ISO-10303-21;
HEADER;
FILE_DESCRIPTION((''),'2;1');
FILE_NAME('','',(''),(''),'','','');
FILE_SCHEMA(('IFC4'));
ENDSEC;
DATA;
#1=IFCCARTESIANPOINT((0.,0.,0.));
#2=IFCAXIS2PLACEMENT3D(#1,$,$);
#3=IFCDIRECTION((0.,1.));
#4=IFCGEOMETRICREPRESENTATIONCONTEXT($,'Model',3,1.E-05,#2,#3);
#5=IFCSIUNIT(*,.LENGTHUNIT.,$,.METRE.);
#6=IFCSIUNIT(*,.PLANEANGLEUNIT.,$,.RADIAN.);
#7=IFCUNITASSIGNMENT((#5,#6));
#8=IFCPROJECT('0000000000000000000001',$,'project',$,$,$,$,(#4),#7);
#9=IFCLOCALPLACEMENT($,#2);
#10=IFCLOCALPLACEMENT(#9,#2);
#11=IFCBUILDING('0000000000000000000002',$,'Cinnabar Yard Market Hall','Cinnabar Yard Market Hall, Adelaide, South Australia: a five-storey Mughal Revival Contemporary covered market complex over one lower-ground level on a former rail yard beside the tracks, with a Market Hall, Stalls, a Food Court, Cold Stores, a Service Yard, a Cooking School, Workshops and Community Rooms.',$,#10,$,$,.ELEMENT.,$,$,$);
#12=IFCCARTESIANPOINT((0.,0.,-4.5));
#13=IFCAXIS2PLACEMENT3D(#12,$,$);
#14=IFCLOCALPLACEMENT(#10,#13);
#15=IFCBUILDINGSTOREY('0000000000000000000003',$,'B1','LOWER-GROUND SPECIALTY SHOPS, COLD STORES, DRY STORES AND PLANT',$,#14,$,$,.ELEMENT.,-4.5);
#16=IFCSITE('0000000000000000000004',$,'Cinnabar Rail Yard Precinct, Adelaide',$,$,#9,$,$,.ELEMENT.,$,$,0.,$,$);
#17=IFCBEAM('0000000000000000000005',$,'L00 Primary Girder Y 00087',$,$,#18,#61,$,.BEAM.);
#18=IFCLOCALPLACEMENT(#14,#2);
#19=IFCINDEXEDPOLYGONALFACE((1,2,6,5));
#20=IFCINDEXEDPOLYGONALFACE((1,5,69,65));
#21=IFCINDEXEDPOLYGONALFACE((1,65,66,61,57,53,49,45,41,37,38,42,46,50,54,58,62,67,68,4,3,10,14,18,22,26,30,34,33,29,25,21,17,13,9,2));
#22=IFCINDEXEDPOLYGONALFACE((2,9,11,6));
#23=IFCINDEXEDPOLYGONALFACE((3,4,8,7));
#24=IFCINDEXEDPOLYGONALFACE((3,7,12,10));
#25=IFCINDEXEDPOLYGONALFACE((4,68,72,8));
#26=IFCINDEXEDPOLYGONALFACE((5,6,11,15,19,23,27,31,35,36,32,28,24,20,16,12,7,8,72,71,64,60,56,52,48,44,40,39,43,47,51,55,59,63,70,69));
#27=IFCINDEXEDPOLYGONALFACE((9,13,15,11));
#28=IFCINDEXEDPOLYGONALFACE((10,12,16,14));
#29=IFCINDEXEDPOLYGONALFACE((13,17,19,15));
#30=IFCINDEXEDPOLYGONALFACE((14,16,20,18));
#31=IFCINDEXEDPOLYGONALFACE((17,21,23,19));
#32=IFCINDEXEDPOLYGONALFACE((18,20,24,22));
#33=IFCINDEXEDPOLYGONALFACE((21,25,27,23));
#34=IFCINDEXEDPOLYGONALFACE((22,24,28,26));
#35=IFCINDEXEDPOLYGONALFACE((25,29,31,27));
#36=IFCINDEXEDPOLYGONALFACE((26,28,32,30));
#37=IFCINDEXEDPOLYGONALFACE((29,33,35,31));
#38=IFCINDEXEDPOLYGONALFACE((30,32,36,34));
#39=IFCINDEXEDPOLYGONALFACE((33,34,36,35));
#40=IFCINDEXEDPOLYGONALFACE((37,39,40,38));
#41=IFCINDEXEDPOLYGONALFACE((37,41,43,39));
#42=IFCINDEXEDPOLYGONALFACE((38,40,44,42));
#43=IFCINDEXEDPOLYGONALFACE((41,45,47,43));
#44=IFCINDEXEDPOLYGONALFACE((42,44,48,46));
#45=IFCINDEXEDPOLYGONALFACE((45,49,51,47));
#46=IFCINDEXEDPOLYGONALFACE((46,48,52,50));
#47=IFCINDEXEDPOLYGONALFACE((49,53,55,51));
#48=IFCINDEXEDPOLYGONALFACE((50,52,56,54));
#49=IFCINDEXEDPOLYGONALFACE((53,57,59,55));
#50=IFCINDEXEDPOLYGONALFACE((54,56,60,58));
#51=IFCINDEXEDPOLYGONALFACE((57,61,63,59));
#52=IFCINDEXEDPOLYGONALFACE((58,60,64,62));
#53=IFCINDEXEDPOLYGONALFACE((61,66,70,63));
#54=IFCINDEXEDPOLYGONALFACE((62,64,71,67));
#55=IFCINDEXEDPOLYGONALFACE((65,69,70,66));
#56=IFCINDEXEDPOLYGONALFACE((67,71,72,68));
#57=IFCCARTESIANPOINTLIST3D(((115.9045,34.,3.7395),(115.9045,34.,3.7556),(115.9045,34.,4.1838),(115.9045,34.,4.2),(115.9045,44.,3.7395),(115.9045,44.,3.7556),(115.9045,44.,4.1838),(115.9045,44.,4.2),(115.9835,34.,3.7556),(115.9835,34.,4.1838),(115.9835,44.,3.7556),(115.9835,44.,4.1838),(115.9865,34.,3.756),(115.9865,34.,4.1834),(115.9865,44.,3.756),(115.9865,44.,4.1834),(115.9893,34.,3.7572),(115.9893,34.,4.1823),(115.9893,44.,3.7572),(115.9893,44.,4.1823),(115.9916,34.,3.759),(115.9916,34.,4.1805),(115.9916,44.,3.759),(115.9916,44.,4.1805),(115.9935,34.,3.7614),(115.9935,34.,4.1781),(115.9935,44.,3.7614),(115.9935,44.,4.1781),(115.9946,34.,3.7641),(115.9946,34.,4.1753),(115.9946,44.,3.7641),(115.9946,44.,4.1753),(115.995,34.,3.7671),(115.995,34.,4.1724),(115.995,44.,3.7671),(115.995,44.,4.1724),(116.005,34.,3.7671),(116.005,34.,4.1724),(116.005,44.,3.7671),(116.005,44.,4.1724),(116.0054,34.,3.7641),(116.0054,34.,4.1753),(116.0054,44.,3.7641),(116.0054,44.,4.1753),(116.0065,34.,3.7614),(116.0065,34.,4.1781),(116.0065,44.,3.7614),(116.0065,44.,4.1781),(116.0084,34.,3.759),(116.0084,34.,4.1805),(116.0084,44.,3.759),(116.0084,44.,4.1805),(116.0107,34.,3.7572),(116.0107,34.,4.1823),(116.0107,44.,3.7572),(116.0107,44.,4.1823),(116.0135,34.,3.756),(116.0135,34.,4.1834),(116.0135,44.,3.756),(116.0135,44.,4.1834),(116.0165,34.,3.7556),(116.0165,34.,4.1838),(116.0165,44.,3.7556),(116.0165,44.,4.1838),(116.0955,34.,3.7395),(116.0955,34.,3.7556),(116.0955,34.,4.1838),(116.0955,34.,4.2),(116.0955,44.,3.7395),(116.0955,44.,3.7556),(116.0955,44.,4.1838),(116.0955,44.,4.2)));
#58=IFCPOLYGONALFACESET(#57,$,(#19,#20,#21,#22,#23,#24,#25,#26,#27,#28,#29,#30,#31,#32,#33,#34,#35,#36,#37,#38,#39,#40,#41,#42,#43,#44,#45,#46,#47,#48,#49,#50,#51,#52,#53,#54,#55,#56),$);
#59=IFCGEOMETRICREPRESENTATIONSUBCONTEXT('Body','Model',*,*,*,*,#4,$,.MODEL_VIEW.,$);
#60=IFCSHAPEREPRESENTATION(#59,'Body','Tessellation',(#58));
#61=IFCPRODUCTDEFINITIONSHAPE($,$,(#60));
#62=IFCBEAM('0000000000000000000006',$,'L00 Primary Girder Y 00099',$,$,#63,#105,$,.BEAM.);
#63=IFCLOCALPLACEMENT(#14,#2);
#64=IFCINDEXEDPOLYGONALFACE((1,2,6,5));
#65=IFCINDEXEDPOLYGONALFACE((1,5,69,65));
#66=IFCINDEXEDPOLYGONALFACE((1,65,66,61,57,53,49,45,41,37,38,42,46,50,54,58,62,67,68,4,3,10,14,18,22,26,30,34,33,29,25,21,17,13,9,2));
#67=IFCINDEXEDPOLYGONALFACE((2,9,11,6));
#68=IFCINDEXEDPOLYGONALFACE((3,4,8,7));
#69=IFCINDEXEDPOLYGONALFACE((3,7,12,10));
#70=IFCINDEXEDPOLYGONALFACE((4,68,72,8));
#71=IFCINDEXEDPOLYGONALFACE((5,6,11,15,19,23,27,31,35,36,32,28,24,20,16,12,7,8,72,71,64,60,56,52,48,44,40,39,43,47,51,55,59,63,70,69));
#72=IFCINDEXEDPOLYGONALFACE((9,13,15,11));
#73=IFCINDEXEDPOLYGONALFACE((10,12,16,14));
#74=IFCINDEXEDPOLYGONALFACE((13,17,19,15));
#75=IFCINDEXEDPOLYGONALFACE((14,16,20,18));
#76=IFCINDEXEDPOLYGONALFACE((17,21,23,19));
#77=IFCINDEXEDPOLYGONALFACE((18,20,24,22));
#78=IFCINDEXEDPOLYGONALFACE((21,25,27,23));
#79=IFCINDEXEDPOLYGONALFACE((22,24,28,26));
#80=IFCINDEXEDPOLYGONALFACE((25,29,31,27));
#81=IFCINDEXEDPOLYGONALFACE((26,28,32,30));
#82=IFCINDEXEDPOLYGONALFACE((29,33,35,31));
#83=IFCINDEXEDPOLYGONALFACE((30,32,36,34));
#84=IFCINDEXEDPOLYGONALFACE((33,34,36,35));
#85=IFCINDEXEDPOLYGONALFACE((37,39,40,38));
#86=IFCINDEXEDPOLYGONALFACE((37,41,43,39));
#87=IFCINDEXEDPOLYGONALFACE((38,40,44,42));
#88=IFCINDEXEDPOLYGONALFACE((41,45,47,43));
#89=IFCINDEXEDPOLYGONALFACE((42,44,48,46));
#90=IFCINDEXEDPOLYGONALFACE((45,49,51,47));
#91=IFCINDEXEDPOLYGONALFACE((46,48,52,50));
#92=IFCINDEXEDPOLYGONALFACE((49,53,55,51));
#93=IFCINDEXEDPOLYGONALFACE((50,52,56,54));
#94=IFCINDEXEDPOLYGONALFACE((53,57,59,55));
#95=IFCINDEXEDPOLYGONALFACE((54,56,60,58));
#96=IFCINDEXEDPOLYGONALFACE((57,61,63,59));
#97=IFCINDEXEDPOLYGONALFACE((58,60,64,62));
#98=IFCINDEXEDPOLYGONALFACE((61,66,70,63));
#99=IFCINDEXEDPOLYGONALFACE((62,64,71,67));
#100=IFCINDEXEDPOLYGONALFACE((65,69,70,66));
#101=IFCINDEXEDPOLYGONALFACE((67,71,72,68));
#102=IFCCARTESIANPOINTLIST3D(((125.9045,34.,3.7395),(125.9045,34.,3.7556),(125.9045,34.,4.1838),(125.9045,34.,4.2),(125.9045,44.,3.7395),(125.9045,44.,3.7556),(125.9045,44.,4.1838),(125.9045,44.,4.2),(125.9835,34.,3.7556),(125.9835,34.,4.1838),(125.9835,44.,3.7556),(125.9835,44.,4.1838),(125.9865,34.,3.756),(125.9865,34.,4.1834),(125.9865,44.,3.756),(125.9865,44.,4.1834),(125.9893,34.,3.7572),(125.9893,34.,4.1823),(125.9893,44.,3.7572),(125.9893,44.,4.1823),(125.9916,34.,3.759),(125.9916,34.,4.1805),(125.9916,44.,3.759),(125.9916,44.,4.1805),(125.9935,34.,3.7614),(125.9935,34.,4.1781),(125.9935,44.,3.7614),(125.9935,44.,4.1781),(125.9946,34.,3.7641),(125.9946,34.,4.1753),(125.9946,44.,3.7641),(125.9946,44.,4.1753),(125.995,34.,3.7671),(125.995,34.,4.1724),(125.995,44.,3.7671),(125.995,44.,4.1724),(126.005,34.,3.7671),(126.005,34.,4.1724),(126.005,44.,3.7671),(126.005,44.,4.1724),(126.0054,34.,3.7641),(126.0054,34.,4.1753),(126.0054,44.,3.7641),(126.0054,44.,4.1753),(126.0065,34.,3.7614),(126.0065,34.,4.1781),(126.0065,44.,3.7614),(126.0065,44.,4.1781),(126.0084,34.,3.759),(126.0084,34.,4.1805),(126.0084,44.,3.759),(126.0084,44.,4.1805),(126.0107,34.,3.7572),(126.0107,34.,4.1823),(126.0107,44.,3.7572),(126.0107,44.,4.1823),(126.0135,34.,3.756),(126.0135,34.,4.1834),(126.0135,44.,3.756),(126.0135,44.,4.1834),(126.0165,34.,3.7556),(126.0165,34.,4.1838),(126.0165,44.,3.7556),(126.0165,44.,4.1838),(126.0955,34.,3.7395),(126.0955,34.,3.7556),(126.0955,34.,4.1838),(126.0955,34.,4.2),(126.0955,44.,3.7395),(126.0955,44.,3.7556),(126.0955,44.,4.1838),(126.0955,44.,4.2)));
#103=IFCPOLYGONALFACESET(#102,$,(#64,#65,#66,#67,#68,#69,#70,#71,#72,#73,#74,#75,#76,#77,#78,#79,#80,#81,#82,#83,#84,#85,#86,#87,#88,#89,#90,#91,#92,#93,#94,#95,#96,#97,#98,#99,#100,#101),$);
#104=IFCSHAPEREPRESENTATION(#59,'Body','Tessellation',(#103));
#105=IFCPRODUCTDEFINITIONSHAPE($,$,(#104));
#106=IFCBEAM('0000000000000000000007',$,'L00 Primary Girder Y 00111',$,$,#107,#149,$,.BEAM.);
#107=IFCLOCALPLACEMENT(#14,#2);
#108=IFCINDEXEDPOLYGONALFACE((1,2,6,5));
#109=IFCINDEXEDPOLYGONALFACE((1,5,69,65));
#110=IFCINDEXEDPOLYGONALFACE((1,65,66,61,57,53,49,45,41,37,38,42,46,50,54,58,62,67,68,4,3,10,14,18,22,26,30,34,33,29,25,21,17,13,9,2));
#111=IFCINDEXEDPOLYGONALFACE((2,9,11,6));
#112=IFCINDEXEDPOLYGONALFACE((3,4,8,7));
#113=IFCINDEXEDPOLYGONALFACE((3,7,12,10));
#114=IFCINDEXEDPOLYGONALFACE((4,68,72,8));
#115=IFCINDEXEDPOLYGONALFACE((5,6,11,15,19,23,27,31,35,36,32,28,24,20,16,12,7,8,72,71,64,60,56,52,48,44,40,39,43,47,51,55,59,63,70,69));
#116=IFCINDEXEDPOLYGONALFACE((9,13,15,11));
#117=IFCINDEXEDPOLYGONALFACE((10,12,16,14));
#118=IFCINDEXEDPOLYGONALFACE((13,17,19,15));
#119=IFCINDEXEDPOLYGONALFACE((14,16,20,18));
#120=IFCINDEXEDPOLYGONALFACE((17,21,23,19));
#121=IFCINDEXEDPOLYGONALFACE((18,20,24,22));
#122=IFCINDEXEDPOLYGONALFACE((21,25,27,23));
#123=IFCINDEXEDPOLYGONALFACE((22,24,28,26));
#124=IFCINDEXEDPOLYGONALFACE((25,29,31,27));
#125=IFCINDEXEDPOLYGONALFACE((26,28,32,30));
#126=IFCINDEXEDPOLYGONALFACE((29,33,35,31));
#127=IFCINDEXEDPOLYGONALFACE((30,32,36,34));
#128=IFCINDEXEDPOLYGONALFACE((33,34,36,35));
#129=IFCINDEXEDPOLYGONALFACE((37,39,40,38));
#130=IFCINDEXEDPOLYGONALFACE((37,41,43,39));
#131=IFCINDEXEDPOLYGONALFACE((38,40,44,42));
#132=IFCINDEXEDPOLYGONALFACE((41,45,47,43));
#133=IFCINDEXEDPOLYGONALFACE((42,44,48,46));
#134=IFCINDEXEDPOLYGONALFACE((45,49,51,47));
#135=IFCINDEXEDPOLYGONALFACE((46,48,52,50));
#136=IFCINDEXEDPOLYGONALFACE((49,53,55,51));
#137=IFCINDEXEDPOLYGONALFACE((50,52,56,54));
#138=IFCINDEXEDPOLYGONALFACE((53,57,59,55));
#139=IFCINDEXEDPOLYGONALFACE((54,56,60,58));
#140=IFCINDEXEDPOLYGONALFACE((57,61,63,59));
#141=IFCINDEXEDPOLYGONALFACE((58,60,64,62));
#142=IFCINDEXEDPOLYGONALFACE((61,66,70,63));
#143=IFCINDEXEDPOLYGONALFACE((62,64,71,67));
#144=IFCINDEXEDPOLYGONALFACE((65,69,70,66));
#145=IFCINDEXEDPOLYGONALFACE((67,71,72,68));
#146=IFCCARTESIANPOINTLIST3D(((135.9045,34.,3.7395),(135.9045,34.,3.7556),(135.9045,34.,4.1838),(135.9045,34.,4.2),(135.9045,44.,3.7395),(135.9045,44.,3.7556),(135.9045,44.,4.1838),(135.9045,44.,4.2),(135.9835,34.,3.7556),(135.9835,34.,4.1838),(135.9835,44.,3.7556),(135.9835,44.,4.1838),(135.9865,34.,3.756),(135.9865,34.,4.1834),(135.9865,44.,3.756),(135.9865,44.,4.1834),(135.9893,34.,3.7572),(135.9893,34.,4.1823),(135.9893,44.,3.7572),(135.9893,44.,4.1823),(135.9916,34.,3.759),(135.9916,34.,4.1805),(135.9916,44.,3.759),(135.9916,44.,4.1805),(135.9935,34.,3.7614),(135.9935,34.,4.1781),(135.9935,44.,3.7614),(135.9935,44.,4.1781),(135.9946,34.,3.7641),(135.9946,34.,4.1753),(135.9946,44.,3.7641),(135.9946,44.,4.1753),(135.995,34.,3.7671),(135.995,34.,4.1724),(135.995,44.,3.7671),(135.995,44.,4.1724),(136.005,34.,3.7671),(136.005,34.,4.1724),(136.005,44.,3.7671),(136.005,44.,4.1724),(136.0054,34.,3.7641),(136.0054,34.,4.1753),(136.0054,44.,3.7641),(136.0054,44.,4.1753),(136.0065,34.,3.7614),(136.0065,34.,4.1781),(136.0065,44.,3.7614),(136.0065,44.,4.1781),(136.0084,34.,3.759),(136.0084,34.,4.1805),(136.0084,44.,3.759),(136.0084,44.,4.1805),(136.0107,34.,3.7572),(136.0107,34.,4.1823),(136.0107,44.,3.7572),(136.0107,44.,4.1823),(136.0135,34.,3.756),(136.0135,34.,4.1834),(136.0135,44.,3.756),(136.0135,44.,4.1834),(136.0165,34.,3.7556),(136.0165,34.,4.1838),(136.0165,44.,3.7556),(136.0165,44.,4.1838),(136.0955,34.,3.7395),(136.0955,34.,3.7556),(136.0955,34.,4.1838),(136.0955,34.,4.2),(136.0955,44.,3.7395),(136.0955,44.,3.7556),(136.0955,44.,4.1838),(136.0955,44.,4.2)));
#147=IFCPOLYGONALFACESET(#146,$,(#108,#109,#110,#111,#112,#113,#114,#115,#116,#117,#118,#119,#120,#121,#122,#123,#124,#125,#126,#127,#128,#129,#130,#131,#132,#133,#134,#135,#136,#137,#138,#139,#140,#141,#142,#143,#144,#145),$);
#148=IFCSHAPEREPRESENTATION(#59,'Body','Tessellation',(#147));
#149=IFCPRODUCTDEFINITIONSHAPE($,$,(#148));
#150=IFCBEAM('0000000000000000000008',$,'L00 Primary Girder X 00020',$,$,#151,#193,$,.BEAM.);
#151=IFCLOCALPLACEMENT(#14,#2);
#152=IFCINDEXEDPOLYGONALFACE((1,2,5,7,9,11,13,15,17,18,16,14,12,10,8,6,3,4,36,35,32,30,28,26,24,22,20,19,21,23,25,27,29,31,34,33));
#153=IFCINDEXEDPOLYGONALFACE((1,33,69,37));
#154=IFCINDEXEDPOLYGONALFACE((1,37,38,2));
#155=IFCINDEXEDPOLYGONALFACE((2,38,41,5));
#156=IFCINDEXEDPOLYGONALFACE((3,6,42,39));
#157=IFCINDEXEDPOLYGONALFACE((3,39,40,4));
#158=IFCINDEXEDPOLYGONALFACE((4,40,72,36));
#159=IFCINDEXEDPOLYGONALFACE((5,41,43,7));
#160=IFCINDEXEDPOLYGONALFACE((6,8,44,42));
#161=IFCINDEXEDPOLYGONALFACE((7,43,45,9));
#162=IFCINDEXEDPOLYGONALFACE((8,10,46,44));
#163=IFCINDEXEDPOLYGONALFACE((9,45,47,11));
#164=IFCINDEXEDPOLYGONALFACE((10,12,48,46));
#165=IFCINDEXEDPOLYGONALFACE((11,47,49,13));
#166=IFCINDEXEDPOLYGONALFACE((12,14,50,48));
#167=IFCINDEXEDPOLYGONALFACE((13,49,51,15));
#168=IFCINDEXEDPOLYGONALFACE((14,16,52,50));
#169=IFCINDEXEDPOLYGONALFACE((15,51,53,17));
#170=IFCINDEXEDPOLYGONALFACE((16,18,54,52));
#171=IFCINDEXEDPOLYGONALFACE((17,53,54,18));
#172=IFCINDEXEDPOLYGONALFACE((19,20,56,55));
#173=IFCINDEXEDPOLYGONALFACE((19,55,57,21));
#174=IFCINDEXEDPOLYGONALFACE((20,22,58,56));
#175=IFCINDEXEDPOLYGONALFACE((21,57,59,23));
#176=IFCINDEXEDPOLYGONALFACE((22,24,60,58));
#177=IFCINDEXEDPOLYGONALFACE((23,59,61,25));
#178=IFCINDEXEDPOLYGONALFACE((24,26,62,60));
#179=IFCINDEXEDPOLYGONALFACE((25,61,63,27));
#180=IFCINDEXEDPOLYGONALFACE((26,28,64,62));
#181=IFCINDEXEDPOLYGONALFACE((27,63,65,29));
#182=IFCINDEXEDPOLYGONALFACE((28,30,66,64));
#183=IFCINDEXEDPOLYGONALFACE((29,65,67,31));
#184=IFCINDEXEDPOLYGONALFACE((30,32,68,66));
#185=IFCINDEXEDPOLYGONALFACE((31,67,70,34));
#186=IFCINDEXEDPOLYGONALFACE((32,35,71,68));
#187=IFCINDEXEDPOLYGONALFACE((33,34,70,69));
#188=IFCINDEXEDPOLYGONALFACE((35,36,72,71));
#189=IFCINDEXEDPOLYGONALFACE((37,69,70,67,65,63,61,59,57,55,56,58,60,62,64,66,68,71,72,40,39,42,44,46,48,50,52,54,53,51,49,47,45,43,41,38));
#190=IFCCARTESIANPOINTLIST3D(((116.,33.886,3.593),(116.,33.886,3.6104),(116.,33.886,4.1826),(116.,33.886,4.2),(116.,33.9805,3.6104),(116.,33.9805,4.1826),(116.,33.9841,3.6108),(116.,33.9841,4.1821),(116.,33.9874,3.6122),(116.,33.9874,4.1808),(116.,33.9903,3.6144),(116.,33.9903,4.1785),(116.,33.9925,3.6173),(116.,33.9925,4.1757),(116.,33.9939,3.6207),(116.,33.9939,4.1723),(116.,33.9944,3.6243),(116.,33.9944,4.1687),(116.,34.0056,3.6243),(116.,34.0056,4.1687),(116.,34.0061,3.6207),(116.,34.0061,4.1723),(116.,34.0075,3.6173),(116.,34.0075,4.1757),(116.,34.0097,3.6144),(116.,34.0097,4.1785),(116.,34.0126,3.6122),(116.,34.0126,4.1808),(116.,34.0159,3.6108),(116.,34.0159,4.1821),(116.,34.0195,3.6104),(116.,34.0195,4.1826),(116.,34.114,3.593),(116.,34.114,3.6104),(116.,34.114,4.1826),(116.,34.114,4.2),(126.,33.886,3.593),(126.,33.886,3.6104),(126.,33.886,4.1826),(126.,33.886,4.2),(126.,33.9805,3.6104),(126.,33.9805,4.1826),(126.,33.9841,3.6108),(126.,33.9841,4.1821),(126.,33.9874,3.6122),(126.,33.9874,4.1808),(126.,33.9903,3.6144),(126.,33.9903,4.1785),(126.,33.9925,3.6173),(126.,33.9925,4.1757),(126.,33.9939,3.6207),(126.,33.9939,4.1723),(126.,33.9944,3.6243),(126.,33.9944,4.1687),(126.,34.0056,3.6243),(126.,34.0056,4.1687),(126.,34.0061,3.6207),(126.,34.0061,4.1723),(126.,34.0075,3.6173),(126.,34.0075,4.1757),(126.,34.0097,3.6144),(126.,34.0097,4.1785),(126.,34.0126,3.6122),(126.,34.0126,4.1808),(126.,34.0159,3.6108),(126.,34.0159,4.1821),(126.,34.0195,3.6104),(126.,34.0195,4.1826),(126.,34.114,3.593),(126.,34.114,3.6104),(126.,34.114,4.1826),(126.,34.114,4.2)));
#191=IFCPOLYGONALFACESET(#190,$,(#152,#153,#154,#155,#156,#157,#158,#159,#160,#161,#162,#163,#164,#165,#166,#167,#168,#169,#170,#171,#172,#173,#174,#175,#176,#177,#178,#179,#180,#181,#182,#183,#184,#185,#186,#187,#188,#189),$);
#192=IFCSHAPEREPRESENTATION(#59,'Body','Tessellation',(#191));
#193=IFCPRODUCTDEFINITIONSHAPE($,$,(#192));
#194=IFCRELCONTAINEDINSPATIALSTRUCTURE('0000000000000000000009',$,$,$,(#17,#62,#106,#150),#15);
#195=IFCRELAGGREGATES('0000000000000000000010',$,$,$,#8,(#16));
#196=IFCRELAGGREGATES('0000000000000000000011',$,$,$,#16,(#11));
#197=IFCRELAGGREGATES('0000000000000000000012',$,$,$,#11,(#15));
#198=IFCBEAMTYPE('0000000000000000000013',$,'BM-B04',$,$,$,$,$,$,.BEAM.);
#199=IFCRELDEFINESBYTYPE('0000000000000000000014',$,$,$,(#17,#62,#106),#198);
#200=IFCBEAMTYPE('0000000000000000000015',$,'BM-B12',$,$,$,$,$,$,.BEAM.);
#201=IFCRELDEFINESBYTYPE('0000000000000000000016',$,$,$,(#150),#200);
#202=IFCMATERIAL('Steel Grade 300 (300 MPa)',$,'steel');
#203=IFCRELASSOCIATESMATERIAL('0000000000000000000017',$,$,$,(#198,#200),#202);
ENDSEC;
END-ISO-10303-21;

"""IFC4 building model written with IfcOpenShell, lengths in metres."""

from ifc_helpers import new_model, si_unit, direction, frame, origin, origin_2d_with_axis, place, context, subcontext, project, spatial, i_section, extrude, material, material_profile, profile_set, type_object, element, save


model = new_model("IFC4")

# Units and contexts
model_context = context("Model", 3, precision=1e-05, world=origin(), true_north=direction((0.0, 1.0)))
body_context = subcontext(model_context, "Body", "Model", "MODEL_VIEW")
ifc_project = project(units=[si_unit("LENGTHUNIT", "METRE"), si_unit("PLANEANGLEUNIT", "RADIAN")], contexts=[model_context])

# Site, building, storey
site_placement = place(None, origin())
site = spatial("IfcSite", under=ifc_project, at=site_placement, Name="Cinnabar Rail Yard Precinct, Adelaide", CompositionType="ELEMENT", RefElevation=0.0)
building_placement = place(site_placement, origin())
building = spatial("IfcBuilding", under=site, at=building_placement, Name="Cinnabar Yard Market Hall", Description="Cinnabar Yard Market Hall, Adelaide, South Australia: a five-storey Mughal Revival Contemporary covered market complex over one lower-ground level on a former rail yard beside the tracks, with a Market Hall, Stalls, a Food Court, Cold Stores, a Service Yard, a Cooking School, Workshops and Community Rooms.", CompositionType="ELEMENT")
storey_placement = place(building_placement, frame((0.0, 0.0, -4.5)))
storey = spatial("IfcBuildingStorey", under=building, at=storey_placement, Name="B1", Description="LOWER-GROUND SPECIALTY SHOPS, COLD STORES, DRY STORES AND PLANT", CompositionType="ELEMENT", Elevation=-4.5)

# Beams
ifc_material_1 = material(Name="Steel Grade 300 (300 MPa)", Category="steel")
ifc_material_profile_1 = material_profile(ifc_material_1, i_section(OverallWidth=0.1909, OverallDepth=0.4604, WebThickness=0.01, FlangeThickness=0.0161, FilletRadius=0.0115, at=origin_2d_with_axis()), Name="460UB82.1")
ifc_profile_set_1 = profile_set([ifc_material_profile_1], Name="Steel Grade 300 (300 MPa)")
beam_type_1 = type_object("IfcBeamType", Name="BM-B04", PredefinedType="BEAM", material=ifc_profile_set_1)
for number, where, z_axis, x_axis, name in (
    (1, (116.0, 34.0, 3.9697), (0.0, 1.0, 0.0), (-1.0, 0.0, 0.0), "L00 Primary Girder Y 00087"),
    (2, (126.0, 34.0, 3.9697), (0.0, 1.0, 0.0), (-1.0, 0.0, 0.0), "L00 Primary Girder Y 00099"),
    (3, (136.0, 34.0, 3.9697), (0.0, 1.0, 0.0), (-1.0, 0.0, 0.0), "L00 Primary Girder Y 00111"),
):
    element("IfcBeam", number, at=place(storey_placement, frame(where, z_axis=z_axis, x_axis=x_axis)), inside=storey, type_object=beam_type_1, Name=name, PredefinedType="BEAM", context=body_context, shape_type="SweptSolid", body=[
        extrude(i_section(OverallWidth=0.1909, OverallDepth=0.4604, WebThickness=0.01, FlangeThickness=0.0161, FilletRadius=0.0115, at=origin_2d_with_axis()), origin(), (0.0, 0.0, 1.0), 10.0),
    ])
ifc_material_profile_2 = material_profile(ifc_material_1, i_section(OverallWidth=0.228, OverallDepth=0.6069, WebThickness=0.0112, FlangeThickness=0.0173, FilletRadius=0.0139, at=origin_2d_with_axis()), Name="610UB113")
ifc_profile_set_2 = profile_set([ifc_material_profile_2], Name="Steel Grade 300 (300 MPa)")
beam_type_2 = type_object("IfcBeamType", Name="BM-B12", PredefinedType="BEAM", material=ifc_profile_set_2)
beam_1_placement = place(storey_placement, frame((116.0, 34.0, 3.8965), z_axis=(1.0, 0.0, 0.0), x_axis=(0.0, 1.0, 0.0)))
element("IfcBeam", 4, at=beam_1_placement, inside=storey, type_object=beam_type_2, Name="L00 Primary Girder X 00020", PredefinedType="BEAM", context=body_context, shape_type="SweptSolid", body=[
    extrude(i_section(OverallWidth=0.228, OverallDepth=0.6069, WebThickness=0.0112, FlangeThickness=0.0173, FilletRadius=0.0139, at=origin_2d_with_axis()), origin(), (0.0, 0.0, 1.0), 10.0),
])

save(model, "model.ifc")
